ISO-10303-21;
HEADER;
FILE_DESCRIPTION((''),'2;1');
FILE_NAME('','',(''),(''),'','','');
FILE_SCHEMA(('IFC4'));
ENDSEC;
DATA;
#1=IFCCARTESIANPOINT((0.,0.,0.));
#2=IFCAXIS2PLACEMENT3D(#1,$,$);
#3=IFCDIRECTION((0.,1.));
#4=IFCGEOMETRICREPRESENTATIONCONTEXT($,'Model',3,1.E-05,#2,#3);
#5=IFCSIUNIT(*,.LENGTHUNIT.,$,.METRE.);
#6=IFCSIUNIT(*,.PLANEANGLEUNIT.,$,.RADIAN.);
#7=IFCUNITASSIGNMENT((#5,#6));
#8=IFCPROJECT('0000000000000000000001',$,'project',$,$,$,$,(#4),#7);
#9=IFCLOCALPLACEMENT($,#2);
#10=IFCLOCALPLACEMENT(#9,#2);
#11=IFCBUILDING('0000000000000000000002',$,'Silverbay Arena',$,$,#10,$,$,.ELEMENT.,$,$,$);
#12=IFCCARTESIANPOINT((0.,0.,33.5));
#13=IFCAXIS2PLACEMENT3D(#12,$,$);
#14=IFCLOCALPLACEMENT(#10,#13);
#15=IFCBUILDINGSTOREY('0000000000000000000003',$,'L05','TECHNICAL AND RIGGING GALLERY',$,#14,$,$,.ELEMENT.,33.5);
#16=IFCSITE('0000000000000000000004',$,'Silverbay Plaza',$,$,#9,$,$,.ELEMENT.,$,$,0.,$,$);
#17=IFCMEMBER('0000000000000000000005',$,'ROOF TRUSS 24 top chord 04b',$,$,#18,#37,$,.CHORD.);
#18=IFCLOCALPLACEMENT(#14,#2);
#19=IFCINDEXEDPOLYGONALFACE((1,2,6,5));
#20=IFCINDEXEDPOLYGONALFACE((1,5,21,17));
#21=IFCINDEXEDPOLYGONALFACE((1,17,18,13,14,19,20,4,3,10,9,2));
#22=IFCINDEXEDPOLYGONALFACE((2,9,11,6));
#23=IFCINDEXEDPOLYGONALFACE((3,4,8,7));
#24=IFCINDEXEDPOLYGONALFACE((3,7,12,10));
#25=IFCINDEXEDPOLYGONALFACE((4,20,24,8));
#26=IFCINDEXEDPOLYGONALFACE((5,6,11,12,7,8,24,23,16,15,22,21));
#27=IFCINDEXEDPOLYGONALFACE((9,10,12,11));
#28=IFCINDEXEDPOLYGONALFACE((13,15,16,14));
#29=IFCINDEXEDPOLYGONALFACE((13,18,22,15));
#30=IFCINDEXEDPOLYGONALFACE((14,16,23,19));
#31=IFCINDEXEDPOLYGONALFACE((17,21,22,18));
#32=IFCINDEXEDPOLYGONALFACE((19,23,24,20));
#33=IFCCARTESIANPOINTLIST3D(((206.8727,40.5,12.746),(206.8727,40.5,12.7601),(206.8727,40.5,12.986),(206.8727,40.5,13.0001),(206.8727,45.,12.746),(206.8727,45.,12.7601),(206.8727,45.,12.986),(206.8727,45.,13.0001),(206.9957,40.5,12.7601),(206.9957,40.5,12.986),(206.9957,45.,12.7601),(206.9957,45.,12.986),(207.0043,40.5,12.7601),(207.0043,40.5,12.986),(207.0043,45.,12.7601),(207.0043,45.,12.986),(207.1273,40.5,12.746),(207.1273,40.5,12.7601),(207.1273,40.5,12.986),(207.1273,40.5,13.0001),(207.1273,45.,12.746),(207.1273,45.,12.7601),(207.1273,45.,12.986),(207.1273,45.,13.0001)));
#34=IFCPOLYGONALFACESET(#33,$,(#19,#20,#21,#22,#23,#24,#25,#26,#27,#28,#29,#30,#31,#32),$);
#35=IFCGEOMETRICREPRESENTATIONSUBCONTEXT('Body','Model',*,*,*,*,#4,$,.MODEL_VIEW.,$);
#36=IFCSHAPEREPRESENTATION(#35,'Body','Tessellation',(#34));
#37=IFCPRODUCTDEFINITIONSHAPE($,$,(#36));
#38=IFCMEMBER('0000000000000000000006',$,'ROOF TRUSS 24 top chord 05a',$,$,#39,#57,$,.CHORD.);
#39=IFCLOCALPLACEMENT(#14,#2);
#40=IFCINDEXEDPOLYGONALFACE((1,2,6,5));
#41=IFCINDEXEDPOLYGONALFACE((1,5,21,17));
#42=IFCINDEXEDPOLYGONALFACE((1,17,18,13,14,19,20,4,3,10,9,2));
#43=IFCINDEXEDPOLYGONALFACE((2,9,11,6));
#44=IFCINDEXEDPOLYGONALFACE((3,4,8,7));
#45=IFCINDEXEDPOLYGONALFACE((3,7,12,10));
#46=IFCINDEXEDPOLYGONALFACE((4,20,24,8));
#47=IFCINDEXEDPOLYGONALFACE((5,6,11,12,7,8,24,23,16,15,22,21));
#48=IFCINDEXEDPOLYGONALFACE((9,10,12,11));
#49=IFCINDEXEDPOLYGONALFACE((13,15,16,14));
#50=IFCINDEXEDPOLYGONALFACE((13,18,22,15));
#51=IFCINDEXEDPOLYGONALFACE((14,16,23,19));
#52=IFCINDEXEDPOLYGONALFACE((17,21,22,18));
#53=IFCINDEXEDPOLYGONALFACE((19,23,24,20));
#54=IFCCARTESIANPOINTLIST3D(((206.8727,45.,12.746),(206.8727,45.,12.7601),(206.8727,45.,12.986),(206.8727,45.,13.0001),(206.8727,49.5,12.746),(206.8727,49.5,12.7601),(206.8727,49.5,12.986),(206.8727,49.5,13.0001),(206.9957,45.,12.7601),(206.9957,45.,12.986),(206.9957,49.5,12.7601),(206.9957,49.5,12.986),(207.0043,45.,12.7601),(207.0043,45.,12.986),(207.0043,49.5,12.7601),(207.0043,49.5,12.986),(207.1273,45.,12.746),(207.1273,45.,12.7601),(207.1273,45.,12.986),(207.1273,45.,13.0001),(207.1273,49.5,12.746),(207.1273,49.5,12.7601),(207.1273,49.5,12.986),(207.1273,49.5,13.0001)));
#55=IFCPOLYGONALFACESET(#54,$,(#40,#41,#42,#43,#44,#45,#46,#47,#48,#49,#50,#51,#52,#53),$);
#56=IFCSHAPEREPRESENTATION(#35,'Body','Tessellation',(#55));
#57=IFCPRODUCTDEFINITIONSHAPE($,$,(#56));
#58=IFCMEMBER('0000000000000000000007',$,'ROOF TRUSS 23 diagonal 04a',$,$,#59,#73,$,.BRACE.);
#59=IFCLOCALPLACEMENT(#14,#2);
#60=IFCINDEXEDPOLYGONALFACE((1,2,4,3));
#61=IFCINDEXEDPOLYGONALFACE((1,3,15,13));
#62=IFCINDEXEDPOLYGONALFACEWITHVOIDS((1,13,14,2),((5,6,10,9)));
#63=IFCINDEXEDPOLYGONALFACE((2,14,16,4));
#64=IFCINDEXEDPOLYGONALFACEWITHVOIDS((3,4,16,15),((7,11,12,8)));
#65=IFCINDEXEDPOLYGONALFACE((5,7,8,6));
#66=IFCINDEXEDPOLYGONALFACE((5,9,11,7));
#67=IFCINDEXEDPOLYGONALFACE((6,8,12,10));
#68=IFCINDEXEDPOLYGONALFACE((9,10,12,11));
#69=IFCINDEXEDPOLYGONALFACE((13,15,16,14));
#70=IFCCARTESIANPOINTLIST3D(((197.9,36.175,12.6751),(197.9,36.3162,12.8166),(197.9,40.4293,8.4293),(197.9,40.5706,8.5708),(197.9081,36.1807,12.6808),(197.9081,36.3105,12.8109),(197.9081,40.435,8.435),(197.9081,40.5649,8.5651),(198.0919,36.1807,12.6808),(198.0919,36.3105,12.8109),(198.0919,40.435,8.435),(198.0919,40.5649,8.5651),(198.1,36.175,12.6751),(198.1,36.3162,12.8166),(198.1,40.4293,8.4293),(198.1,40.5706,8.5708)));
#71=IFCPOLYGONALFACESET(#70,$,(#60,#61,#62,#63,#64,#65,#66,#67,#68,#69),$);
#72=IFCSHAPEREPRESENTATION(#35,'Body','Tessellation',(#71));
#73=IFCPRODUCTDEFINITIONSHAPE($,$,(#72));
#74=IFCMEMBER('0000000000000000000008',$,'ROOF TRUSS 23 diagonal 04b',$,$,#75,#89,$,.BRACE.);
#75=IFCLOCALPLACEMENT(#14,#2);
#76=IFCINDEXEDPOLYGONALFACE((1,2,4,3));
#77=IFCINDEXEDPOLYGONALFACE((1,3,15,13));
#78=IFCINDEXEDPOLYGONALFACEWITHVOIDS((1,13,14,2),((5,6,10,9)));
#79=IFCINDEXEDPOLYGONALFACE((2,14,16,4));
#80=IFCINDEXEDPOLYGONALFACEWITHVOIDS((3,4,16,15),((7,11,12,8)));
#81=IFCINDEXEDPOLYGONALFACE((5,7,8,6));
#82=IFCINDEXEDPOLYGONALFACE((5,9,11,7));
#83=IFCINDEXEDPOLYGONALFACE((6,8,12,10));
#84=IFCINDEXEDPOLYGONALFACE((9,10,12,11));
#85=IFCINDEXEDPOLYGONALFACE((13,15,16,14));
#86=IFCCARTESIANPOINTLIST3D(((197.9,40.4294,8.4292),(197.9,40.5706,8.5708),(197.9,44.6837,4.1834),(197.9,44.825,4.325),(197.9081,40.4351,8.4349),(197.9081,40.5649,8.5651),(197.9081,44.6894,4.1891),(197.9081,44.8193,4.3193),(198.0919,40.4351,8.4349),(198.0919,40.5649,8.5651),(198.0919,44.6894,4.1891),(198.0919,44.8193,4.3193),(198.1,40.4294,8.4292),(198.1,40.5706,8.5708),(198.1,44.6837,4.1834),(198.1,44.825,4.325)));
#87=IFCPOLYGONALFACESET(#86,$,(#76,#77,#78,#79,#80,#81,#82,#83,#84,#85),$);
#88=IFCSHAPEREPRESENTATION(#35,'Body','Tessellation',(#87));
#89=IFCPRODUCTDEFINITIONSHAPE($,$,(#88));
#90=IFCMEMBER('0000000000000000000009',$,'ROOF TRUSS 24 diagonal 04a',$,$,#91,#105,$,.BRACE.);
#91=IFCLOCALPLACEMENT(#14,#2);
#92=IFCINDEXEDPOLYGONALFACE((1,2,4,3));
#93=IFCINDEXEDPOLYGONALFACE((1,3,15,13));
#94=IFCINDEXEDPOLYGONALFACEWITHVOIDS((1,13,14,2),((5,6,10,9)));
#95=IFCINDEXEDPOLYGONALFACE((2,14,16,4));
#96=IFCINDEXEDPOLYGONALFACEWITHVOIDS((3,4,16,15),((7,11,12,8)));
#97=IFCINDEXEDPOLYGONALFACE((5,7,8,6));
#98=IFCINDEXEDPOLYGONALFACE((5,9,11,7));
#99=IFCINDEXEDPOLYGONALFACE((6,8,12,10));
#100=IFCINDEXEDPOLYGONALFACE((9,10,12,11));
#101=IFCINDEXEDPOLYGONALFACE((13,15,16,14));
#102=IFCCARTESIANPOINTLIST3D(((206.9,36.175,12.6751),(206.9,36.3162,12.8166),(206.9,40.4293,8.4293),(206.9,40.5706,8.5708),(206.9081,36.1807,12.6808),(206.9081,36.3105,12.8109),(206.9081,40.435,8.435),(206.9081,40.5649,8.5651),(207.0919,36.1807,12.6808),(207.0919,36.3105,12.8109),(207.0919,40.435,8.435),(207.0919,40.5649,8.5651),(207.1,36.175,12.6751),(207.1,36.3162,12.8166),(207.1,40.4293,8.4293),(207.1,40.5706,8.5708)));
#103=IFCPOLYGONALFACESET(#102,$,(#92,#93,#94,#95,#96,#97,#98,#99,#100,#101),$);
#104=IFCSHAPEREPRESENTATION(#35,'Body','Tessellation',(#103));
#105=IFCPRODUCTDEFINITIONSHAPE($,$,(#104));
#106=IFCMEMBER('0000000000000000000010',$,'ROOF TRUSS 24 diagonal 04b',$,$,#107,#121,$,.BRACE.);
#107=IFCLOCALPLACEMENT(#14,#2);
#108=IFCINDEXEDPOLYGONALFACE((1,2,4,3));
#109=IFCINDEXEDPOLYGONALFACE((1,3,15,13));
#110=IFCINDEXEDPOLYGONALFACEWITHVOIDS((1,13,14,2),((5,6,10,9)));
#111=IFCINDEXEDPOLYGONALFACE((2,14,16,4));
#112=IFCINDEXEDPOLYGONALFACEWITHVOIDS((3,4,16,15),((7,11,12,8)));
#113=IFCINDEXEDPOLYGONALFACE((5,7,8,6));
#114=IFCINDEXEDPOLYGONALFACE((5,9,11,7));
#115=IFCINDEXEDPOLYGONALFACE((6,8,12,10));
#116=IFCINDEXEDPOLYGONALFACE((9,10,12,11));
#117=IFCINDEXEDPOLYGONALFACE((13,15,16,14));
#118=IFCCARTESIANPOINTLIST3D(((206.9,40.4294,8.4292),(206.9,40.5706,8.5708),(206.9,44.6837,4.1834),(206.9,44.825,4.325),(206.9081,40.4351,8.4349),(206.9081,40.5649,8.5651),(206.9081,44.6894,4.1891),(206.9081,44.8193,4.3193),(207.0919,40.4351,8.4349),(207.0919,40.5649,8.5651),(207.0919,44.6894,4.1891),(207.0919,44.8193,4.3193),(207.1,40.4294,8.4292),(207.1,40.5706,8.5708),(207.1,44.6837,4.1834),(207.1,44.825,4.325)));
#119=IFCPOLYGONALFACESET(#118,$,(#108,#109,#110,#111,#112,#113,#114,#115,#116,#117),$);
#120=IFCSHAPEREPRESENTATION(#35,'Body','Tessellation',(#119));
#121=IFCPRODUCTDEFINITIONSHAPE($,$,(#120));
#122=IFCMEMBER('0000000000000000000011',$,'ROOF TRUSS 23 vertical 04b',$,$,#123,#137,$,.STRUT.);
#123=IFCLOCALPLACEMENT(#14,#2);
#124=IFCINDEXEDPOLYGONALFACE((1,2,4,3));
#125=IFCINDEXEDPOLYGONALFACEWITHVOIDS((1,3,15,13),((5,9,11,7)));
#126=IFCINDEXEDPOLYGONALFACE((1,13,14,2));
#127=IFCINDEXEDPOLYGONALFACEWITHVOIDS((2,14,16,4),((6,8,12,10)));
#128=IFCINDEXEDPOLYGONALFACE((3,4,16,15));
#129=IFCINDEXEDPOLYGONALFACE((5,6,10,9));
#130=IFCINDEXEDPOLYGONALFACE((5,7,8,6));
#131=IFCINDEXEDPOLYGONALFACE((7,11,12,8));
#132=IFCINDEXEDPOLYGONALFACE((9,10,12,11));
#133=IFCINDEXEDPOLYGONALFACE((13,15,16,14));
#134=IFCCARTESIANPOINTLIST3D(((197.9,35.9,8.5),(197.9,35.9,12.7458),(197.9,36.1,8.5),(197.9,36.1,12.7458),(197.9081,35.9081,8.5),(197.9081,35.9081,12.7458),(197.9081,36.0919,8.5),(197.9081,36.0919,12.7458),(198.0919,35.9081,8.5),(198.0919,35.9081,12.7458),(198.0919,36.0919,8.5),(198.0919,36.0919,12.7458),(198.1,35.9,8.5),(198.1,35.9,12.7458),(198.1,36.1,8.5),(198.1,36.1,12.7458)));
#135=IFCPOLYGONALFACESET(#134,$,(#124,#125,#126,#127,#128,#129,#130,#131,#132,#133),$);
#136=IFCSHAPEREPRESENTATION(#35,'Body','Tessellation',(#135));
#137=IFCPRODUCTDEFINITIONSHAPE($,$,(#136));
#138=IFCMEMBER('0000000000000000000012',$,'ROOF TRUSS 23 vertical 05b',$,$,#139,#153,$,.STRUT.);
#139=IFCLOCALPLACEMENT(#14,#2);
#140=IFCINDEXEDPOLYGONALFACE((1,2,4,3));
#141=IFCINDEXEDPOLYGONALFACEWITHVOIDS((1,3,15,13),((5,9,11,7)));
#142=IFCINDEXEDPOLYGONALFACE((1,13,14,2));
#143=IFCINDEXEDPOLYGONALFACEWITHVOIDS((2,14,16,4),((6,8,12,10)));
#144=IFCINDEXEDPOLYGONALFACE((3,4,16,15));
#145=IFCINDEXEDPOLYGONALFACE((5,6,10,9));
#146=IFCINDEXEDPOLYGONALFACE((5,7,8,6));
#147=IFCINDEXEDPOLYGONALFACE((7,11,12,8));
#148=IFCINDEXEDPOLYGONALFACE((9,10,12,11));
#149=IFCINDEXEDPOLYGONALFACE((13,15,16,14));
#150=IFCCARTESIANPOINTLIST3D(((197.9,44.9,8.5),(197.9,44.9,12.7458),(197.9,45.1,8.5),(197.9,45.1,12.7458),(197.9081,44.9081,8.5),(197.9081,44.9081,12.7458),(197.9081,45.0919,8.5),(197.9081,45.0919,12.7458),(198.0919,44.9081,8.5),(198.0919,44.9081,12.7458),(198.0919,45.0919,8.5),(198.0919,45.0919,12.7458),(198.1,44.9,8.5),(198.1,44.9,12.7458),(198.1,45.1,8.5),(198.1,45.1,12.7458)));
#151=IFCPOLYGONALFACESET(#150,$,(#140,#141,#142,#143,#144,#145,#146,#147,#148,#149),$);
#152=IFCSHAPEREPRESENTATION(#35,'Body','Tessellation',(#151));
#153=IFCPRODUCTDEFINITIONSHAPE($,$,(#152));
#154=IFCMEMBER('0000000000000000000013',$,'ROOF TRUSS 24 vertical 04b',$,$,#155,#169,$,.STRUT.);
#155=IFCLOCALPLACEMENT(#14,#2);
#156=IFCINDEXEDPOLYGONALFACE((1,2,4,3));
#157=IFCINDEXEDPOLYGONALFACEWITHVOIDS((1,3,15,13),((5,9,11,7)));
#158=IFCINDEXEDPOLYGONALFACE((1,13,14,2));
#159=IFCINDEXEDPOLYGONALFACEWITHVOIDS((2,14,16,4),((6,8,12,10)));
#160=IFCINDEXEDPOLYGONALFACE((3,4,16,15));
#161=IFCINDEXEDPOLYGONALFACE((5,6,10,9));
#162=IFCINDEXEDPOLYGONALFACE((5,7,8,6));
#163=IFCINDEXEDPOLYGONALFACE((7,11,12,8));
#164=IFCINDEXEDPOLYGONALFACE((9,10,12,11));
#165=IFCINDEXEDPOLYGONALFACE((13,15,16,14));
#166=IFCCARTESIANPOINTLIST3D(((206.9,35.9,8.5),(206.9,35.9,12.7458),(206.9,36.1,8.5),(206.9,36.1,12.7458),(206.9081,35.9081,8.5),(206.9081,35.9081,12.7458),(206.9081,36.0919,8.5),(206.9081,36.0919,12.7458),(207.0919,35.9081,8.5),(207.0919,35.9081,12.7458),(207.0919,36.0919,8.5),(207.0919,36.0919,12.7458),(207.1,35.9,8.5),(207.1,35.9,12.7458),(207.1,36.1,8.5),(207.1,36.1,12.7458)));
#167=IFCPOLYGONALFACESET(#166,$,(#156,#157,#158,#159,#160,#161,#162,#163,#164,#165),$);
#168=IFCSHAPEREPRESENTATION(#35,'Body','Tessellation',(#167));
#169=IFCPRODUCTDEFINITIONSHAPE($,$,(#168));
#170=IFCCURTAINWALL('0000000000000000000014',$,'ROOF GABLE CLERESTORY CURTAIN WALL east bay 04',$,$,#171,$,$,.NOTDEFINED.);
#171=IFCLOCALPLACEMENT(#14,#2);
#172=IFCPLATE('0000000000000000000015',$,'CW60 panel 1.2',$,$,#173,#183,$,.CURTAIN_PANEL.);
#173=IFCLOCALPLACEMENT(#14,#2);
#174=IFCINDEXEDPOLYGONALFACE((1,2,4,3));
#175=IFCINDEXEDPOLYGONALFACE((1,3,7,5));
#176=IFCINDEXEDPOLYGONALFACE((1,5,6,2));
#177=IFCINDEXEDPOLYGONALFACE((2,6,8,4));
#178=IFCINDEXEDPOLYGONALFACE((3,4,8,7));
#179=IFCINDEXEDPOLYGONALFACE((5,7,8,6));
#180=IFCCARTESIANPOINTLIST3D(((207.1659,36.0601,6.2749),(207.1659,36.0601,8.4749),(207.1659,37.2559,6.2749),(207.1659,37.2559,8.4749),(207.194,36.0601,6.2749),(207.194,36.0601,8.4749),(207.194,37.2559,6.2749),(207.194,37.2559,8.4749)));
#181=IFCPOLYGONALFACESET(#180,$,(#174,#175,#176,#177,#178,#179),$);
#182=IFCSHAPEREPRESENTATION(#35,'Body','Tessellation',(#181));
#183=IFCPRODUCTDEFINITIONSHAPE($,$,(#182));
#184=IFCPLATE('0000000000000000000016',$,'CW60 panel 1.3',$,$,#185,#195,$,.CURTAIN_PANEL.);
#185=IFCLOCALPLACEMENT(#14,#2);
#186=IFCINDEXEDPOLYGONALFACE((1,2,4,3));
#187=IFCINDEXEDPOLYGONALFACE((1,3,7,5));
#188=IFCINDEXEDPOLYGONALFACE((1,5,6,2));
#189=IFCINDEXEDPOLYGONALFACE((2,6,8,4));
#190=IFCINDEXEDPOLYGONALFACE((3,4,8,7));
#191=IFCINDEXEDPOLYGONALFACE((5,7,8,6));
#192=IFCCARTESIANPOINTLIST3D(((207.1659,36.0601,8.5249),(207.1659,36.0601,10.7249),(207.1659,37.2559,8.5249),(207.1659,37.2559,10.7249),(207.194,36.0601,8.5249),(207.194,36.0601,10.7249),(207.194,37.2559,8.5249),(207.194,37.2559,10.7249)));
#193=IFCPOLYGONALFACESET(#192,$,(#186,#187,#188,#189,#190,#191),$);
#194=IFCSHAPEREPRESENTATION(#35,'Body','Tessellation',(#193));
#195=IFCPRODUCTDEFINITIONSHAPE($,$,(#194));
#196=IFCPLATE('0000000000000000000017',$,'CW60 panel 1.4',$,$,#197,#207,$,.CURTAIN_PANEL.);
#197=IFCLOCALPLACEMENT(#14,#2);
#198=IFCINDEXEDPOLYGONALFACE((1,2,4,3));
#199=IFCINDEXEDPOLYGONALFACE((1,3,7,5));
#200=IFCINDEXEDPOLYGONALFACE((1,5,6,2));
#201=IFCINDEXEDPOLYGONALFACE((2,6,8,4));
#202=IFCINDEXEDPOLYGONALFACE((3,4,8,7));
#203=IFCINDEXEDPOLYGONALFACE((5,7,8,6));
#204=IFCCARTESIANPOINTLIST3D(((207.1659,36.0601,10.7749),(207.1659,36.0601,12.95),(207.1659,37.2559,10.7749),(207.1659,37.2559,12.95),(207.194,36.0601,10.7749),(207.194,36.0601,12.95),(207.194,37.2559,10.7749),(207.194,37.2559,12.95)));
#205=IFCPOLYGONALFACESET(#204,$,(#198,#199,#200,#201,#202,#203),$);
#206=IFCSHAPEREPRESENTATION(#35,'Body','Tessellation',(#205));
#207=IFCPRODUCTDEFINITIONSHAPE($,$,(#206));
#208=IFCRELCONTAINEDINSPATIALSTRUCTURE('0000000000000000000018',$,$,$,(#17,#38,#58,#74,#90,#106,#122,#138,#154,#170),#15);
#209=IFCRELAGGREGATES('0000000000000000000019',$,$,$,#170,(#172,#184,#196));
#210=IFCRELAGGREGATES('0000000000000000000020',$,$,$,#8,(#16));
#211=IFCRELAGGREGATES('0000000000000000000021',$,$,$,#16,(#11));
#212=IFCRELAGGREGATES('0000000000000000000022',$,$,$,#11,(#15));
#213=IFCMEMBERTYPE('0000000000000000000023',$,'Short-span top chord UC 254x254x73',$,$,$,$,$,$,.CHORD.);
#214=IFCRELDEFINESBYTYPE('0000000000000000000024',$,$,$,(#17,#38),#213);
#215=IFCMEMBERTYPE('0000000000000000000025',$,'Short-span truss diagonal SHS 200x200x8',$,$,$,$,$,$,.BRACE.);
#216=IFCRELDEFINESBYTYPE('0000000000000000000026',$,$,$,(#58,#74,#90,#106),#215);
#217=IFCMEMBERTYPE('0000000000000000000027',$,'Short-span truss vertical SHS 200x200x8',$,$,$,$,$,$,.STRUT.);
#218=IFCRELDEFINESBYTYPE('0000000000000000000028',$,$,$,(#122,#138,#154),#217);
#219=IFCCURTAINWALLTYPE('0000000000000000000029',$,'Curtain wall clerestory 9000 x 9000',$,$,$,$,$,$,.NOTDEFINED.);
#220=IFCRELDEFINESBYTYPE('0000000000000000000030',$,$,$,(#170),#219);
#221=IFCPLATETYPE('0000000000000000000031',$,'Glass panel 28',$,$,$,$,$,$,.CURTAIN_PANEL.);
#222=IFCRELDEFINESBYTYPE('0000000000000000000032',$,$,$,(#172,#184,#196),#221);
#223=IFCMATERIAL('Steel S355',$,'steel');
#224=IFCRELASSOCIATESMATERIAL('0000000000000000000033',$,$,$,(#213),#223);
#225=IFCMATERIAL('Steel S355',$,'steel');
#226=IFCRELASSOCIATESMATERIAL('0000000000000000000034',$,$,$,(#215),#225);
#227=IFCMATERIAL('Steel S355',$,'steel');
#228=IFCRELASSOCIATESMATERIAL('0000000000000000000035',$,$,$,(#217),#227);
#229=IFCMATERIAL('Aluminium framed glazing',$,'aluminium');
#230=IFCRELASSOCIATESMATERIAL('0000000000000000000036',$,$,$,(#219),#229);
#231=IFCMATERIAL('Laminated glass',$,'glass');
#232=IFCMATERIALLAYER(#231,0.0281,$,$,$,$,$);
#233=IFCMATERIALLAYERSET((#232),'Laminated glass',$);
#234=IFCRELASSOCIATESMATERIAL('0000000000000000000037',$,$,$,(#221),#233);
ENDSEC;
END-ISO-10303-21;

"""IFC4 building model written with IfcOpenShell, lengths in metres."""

from ifc_helpers import new_model, si_unit, direction, frame, origin, origin_2d, place, context, subcontext, project, spatial, rectangle, hollow_rectangle, i_section, extrude, material, layer, layer_set, material_profile, profile_set, type_object, element, aggregate, save


model = new_model("IFC4")

# Units and contexts
model_context = context("Model", 3, precision=1e-05, world=origin(), true_north=direction((0.0, 1.0)))
body_context = subcontext(model_context, "Body", "Model", "MODEL_VIEW")
ifc_project = project(units=[si_unit("LENGTHUNIT", "METRE"), si_unit("PLANEANGLEUNIT", "RADIAN")], contexts=[model_context])

# Site, building, storey
site_placement = place(None, origin())
site = spatial("IfcSite", under=ifc_project, at=site_placement, Name="Silverbay Plaza", CompositionType="ELEMENT", RefElevation=0.0)
building_placement = place(site_placement, origin())
building = spatial("IfcBuilding", under=site, at=building_placement, Name="Silverbay Arena", CompositionType="ELEMENT")
storey_placement = place(building_placement, frame((0.0, 0.0, 33.5)))
storey = spatial("IfcBuildingStorey", under=building, at=storey_placement, Name="L05", Description="TECHNICAL AND RIGGING GALLERY", CompositionType="ELEMENT", Elevation=33.5)

# Members
ifc_material_1 = material(Name="Steel S355", Category="steel")
ifc_material_profile_1 = material_profile(ifc_material_1, i_section(OverallWidth=0.2546, OverallDepth=0.2542, WebThickness=0.0085, FlangeThickness=0.0142, at=origin_2d()), Name="UC 254x254x73")
ifc_profile_set_1 = profile_set([ifc_material_profile_1], Name="Steel S355")
member_type_1 = type_object("IfcMemberType", Name="Short-span top chord UC 254x254x73", PredefinedType="CHORD", material=ifc_profile_set_1)
for number, where, z_axis, x_axis, name in (
    (1, (207.0, 40.5, 12.873), (0.0, 1.0, 0.0), (-1.0, 0.0, 0.0), "ROOF TRUSS 24 top chord 04b"),
    (2, (207.0, 45.0, 12.873), (0.0, 1.0, 0.0), (-1.0, 0.0, 0.0), "ROOF TRUSS 24 top chord 05a"),
):
    element("IfcMember", number, at=place(storey_placement, frame(where, z_axis=z_axis, x_axis=x_axis)), inside=storey, type_object=member_type_1, Name=name, PredefinedType="CHORD", context=body_context, shape_type="SweptSolid", body=[
        extrude(i_section(OverallWidth=0.2546, OverallDepth=0.2542, WebThickness=0.0085, FlangeThickness=0.0142, at=origin_2d()), origin(), (0.0, 0.0, 1.0), 4.5),
    ])
ifc_material_2 = material(Name="Steel S355", Category="steel")
ifc_material_profile_2 = material_profile(ifc_material_2, hollow_rectangle(XDim=0.2, YDim=0.2, WallThickness=0.0081, at=origin_2d()), Name="SHS 200x200x8")
ifc_profile_set_2 = profile_set([ifc_material_profile_2], Name="Steel S355")
member_type_2 = type_object("IfcMemberType", Name="Short-span truss diagonal SHS 200x200x8", PredefinedType="BRACE", material=ifc_profile_set_2)
for number, where, z_axis, x_axis, name in (
    (3, (198.0, 36.2456, 12.7458), (0.0, 0.707817, -0.706396), (-1.0, 0.0, 0.0), "ROOF TRUSS 23 diagonal 04a"),
    (4, (198.0, 40.5, 8.5), (0.0, 0.707817, -0.706396), (-1.0, 0.0, 0.0), "ROOF TRUSS 23 diagonal 04b"),
    (5, (207.0, 36.2456, 12.7458), (0.0, 0.707817, -0.706396), (-1.0, 0.0, 0.0), "ROOF TRUSS 24 diagonal 04a"),
    (6, (207.0, 40.5, 8.5), (0.0, 0.707817, -0.706396), (-1.0, 0.0, 0.0), "ROOF TRUSS 24 diagonal 04b"),
):
    element("IfcMember", number, at=place(storey_placement, frame(where, z_axis=z_axis, x_axis=x_axis)), inside=storey, type_object=member_type_2, Name=name, PredefinedType="BRACE", context=body_context, shape_type="SweptSolid", body=[
        extrude(hollow_rectangle(XDim=0.2, YDim=0.2, WallThickness=0.0081, at=origin_2d()), origin(), (0.0, 0.0, 1.0), 6.0105),
    ])
ifc_material_3 = material(Name="Steel S355", Category="steel")
ifc_material_profile_3 = material_profile(ifc_material_3, hollow_rectangle(XDim=0.2, YDim=0.2, WallThickness=0.0081, at=origin_2d()), Name="SHS 200x200x8")
ifc_profile_set_3 = profile_set([ifc_material_profile_3], Name="Steel S355")
member_type_3 = type_object("IfcMemberType", Name="Short-span truss vertical SHS 200x200x8", PredefinedType="STRUT", material=ifc_profile_set_3)
for number, where, z_axis, x_axis, name in (
    (7, (198.0, 36.0, 8.5), (0.0, 0.0, 1.0), (1.0, 0.0, 0.0), "ROOF TRUSS 23 vertical 04b"),
    (8, (198.0, 45.0, 8.5), (0.0, 0.0, 1.0), (1.0, 0.0, 0.0), "ROOF TRUSS 23 vertical 05b"),
    (9, (207.0, 36.0, 8.5), (0.0, 0.0, 1.0), (1.0, 0.0, 0.0), "ROOF TRUSS 24 vertical 04b"),
):
    element("IfcMember", number, at=place(storey_placement, frame(where, z_axis=z_axis, x_axis=x_axis)), inside=storey, type_object=member_type_3, Name=name, PredefinedType="STRUT", context=body_context, shape_type="SweptSolid", body=[
        extrude(hollow_rectangle(XDim=0.2, YDim=0.2, WallThickness=0.0081, at=origin_2d()), origin(), (0.0, 0.0, 1.0), 4.2458),
    ])

# Curtain wall, plates
ifc_material_4 = material(Name="Aluminium framed glazing", Category="aluminium")
curtain_wall_type = type_object("IfcCurtainWallType", Name="Curtain wall clerestory 9000 x 9000", PredefinedType="NOTDEFINED", material=ifc_material_4)
curtain_wall_placement = place(storey_placement, origin())
curtain_wall = element("IfcCurtainWall", 10, at=curtain_wall_placement, inside=storey, type_object=curtain_wall_type, Name="ROOF GABLE CLERESTORY CURTAIN WALL east bay 04", PredefinedType="NOTDEFINED")
ifc_material_5 = material(Name="Laminated glass", Category="glass")
ifc_layer = layer(ifc_material_5, 0.0281)
ifc_layer_set = layer_set([ifc_layer], Name="Laminated glass")
plate_type = type_object("IfcPlateType", Name="Glass panel 28", PredefinedType="CURTAIN_PANEL", material=ifc_layer_set)
plate_1_placement = place(storey_placement, frame((207.1799, 36.658, 6.2749), z_axis=(0.0, 0.0, 1.0), x_axis=(0.0, 1.0, 0.0)))
plate_1 = element("IfcPlate", 11, at=plate_1_placement, type_object=plate_type, Name="CW60 panel 1.2", PredefinedType="CURTAIN_PANEL", context=body_context, shape_type="SweptSolid", body=[
    extrude(rectangle(XDim=1.1958, YDim=0.0281, at=origin_2d()), origin(), (0.0, 0.0, 1.0), 2.2),
])
plate_2_placement = place(storey_placement, frame((207.1799, 36.658, 8.5249), z_axis=(0.0, 0.0, 1.0), x_axis=(0.0, 1.0, 0.0)))
plate_2 = element("IfcPlate", 12, at=plate_2_placement, type_object=plate_type, Name="CW60 panel 1.3", PredefinedType="CURTAIN_PANEL", context=body_context, shape_type="SweptSolid", body=[
    extrude(rectangle(XDim=1.1958, YDim=0.0281, at=origin_2d()), origin(), (0.0, 0.0, 1.0), 2.2),
])
plate_3_placement = place(storey_placement, frame((207.1799, 36.658, 10.7749), z_axis=(0.0, 0.0, 1.0), x_axis=(0.0, 1.0, 0.0)))
plate_3 = element("IfcPlate", 13, at=plate_3_placement, type_object=plate_type, Name="CW60 panel 1.4", PredefinedType="CURTAIN_PANEL", context=body_context, shape_type="SweptSolid", body=[
    extrude(rectangle(XDim=1.1958, YDim=0.0281, at=origin_2d()), origin(), (0.0, 0.0, 1.0), 2.175),
])
aggregate(curtain_wall, [plate_1, plate_2, plate_3])

save(model, "model.ifc")
